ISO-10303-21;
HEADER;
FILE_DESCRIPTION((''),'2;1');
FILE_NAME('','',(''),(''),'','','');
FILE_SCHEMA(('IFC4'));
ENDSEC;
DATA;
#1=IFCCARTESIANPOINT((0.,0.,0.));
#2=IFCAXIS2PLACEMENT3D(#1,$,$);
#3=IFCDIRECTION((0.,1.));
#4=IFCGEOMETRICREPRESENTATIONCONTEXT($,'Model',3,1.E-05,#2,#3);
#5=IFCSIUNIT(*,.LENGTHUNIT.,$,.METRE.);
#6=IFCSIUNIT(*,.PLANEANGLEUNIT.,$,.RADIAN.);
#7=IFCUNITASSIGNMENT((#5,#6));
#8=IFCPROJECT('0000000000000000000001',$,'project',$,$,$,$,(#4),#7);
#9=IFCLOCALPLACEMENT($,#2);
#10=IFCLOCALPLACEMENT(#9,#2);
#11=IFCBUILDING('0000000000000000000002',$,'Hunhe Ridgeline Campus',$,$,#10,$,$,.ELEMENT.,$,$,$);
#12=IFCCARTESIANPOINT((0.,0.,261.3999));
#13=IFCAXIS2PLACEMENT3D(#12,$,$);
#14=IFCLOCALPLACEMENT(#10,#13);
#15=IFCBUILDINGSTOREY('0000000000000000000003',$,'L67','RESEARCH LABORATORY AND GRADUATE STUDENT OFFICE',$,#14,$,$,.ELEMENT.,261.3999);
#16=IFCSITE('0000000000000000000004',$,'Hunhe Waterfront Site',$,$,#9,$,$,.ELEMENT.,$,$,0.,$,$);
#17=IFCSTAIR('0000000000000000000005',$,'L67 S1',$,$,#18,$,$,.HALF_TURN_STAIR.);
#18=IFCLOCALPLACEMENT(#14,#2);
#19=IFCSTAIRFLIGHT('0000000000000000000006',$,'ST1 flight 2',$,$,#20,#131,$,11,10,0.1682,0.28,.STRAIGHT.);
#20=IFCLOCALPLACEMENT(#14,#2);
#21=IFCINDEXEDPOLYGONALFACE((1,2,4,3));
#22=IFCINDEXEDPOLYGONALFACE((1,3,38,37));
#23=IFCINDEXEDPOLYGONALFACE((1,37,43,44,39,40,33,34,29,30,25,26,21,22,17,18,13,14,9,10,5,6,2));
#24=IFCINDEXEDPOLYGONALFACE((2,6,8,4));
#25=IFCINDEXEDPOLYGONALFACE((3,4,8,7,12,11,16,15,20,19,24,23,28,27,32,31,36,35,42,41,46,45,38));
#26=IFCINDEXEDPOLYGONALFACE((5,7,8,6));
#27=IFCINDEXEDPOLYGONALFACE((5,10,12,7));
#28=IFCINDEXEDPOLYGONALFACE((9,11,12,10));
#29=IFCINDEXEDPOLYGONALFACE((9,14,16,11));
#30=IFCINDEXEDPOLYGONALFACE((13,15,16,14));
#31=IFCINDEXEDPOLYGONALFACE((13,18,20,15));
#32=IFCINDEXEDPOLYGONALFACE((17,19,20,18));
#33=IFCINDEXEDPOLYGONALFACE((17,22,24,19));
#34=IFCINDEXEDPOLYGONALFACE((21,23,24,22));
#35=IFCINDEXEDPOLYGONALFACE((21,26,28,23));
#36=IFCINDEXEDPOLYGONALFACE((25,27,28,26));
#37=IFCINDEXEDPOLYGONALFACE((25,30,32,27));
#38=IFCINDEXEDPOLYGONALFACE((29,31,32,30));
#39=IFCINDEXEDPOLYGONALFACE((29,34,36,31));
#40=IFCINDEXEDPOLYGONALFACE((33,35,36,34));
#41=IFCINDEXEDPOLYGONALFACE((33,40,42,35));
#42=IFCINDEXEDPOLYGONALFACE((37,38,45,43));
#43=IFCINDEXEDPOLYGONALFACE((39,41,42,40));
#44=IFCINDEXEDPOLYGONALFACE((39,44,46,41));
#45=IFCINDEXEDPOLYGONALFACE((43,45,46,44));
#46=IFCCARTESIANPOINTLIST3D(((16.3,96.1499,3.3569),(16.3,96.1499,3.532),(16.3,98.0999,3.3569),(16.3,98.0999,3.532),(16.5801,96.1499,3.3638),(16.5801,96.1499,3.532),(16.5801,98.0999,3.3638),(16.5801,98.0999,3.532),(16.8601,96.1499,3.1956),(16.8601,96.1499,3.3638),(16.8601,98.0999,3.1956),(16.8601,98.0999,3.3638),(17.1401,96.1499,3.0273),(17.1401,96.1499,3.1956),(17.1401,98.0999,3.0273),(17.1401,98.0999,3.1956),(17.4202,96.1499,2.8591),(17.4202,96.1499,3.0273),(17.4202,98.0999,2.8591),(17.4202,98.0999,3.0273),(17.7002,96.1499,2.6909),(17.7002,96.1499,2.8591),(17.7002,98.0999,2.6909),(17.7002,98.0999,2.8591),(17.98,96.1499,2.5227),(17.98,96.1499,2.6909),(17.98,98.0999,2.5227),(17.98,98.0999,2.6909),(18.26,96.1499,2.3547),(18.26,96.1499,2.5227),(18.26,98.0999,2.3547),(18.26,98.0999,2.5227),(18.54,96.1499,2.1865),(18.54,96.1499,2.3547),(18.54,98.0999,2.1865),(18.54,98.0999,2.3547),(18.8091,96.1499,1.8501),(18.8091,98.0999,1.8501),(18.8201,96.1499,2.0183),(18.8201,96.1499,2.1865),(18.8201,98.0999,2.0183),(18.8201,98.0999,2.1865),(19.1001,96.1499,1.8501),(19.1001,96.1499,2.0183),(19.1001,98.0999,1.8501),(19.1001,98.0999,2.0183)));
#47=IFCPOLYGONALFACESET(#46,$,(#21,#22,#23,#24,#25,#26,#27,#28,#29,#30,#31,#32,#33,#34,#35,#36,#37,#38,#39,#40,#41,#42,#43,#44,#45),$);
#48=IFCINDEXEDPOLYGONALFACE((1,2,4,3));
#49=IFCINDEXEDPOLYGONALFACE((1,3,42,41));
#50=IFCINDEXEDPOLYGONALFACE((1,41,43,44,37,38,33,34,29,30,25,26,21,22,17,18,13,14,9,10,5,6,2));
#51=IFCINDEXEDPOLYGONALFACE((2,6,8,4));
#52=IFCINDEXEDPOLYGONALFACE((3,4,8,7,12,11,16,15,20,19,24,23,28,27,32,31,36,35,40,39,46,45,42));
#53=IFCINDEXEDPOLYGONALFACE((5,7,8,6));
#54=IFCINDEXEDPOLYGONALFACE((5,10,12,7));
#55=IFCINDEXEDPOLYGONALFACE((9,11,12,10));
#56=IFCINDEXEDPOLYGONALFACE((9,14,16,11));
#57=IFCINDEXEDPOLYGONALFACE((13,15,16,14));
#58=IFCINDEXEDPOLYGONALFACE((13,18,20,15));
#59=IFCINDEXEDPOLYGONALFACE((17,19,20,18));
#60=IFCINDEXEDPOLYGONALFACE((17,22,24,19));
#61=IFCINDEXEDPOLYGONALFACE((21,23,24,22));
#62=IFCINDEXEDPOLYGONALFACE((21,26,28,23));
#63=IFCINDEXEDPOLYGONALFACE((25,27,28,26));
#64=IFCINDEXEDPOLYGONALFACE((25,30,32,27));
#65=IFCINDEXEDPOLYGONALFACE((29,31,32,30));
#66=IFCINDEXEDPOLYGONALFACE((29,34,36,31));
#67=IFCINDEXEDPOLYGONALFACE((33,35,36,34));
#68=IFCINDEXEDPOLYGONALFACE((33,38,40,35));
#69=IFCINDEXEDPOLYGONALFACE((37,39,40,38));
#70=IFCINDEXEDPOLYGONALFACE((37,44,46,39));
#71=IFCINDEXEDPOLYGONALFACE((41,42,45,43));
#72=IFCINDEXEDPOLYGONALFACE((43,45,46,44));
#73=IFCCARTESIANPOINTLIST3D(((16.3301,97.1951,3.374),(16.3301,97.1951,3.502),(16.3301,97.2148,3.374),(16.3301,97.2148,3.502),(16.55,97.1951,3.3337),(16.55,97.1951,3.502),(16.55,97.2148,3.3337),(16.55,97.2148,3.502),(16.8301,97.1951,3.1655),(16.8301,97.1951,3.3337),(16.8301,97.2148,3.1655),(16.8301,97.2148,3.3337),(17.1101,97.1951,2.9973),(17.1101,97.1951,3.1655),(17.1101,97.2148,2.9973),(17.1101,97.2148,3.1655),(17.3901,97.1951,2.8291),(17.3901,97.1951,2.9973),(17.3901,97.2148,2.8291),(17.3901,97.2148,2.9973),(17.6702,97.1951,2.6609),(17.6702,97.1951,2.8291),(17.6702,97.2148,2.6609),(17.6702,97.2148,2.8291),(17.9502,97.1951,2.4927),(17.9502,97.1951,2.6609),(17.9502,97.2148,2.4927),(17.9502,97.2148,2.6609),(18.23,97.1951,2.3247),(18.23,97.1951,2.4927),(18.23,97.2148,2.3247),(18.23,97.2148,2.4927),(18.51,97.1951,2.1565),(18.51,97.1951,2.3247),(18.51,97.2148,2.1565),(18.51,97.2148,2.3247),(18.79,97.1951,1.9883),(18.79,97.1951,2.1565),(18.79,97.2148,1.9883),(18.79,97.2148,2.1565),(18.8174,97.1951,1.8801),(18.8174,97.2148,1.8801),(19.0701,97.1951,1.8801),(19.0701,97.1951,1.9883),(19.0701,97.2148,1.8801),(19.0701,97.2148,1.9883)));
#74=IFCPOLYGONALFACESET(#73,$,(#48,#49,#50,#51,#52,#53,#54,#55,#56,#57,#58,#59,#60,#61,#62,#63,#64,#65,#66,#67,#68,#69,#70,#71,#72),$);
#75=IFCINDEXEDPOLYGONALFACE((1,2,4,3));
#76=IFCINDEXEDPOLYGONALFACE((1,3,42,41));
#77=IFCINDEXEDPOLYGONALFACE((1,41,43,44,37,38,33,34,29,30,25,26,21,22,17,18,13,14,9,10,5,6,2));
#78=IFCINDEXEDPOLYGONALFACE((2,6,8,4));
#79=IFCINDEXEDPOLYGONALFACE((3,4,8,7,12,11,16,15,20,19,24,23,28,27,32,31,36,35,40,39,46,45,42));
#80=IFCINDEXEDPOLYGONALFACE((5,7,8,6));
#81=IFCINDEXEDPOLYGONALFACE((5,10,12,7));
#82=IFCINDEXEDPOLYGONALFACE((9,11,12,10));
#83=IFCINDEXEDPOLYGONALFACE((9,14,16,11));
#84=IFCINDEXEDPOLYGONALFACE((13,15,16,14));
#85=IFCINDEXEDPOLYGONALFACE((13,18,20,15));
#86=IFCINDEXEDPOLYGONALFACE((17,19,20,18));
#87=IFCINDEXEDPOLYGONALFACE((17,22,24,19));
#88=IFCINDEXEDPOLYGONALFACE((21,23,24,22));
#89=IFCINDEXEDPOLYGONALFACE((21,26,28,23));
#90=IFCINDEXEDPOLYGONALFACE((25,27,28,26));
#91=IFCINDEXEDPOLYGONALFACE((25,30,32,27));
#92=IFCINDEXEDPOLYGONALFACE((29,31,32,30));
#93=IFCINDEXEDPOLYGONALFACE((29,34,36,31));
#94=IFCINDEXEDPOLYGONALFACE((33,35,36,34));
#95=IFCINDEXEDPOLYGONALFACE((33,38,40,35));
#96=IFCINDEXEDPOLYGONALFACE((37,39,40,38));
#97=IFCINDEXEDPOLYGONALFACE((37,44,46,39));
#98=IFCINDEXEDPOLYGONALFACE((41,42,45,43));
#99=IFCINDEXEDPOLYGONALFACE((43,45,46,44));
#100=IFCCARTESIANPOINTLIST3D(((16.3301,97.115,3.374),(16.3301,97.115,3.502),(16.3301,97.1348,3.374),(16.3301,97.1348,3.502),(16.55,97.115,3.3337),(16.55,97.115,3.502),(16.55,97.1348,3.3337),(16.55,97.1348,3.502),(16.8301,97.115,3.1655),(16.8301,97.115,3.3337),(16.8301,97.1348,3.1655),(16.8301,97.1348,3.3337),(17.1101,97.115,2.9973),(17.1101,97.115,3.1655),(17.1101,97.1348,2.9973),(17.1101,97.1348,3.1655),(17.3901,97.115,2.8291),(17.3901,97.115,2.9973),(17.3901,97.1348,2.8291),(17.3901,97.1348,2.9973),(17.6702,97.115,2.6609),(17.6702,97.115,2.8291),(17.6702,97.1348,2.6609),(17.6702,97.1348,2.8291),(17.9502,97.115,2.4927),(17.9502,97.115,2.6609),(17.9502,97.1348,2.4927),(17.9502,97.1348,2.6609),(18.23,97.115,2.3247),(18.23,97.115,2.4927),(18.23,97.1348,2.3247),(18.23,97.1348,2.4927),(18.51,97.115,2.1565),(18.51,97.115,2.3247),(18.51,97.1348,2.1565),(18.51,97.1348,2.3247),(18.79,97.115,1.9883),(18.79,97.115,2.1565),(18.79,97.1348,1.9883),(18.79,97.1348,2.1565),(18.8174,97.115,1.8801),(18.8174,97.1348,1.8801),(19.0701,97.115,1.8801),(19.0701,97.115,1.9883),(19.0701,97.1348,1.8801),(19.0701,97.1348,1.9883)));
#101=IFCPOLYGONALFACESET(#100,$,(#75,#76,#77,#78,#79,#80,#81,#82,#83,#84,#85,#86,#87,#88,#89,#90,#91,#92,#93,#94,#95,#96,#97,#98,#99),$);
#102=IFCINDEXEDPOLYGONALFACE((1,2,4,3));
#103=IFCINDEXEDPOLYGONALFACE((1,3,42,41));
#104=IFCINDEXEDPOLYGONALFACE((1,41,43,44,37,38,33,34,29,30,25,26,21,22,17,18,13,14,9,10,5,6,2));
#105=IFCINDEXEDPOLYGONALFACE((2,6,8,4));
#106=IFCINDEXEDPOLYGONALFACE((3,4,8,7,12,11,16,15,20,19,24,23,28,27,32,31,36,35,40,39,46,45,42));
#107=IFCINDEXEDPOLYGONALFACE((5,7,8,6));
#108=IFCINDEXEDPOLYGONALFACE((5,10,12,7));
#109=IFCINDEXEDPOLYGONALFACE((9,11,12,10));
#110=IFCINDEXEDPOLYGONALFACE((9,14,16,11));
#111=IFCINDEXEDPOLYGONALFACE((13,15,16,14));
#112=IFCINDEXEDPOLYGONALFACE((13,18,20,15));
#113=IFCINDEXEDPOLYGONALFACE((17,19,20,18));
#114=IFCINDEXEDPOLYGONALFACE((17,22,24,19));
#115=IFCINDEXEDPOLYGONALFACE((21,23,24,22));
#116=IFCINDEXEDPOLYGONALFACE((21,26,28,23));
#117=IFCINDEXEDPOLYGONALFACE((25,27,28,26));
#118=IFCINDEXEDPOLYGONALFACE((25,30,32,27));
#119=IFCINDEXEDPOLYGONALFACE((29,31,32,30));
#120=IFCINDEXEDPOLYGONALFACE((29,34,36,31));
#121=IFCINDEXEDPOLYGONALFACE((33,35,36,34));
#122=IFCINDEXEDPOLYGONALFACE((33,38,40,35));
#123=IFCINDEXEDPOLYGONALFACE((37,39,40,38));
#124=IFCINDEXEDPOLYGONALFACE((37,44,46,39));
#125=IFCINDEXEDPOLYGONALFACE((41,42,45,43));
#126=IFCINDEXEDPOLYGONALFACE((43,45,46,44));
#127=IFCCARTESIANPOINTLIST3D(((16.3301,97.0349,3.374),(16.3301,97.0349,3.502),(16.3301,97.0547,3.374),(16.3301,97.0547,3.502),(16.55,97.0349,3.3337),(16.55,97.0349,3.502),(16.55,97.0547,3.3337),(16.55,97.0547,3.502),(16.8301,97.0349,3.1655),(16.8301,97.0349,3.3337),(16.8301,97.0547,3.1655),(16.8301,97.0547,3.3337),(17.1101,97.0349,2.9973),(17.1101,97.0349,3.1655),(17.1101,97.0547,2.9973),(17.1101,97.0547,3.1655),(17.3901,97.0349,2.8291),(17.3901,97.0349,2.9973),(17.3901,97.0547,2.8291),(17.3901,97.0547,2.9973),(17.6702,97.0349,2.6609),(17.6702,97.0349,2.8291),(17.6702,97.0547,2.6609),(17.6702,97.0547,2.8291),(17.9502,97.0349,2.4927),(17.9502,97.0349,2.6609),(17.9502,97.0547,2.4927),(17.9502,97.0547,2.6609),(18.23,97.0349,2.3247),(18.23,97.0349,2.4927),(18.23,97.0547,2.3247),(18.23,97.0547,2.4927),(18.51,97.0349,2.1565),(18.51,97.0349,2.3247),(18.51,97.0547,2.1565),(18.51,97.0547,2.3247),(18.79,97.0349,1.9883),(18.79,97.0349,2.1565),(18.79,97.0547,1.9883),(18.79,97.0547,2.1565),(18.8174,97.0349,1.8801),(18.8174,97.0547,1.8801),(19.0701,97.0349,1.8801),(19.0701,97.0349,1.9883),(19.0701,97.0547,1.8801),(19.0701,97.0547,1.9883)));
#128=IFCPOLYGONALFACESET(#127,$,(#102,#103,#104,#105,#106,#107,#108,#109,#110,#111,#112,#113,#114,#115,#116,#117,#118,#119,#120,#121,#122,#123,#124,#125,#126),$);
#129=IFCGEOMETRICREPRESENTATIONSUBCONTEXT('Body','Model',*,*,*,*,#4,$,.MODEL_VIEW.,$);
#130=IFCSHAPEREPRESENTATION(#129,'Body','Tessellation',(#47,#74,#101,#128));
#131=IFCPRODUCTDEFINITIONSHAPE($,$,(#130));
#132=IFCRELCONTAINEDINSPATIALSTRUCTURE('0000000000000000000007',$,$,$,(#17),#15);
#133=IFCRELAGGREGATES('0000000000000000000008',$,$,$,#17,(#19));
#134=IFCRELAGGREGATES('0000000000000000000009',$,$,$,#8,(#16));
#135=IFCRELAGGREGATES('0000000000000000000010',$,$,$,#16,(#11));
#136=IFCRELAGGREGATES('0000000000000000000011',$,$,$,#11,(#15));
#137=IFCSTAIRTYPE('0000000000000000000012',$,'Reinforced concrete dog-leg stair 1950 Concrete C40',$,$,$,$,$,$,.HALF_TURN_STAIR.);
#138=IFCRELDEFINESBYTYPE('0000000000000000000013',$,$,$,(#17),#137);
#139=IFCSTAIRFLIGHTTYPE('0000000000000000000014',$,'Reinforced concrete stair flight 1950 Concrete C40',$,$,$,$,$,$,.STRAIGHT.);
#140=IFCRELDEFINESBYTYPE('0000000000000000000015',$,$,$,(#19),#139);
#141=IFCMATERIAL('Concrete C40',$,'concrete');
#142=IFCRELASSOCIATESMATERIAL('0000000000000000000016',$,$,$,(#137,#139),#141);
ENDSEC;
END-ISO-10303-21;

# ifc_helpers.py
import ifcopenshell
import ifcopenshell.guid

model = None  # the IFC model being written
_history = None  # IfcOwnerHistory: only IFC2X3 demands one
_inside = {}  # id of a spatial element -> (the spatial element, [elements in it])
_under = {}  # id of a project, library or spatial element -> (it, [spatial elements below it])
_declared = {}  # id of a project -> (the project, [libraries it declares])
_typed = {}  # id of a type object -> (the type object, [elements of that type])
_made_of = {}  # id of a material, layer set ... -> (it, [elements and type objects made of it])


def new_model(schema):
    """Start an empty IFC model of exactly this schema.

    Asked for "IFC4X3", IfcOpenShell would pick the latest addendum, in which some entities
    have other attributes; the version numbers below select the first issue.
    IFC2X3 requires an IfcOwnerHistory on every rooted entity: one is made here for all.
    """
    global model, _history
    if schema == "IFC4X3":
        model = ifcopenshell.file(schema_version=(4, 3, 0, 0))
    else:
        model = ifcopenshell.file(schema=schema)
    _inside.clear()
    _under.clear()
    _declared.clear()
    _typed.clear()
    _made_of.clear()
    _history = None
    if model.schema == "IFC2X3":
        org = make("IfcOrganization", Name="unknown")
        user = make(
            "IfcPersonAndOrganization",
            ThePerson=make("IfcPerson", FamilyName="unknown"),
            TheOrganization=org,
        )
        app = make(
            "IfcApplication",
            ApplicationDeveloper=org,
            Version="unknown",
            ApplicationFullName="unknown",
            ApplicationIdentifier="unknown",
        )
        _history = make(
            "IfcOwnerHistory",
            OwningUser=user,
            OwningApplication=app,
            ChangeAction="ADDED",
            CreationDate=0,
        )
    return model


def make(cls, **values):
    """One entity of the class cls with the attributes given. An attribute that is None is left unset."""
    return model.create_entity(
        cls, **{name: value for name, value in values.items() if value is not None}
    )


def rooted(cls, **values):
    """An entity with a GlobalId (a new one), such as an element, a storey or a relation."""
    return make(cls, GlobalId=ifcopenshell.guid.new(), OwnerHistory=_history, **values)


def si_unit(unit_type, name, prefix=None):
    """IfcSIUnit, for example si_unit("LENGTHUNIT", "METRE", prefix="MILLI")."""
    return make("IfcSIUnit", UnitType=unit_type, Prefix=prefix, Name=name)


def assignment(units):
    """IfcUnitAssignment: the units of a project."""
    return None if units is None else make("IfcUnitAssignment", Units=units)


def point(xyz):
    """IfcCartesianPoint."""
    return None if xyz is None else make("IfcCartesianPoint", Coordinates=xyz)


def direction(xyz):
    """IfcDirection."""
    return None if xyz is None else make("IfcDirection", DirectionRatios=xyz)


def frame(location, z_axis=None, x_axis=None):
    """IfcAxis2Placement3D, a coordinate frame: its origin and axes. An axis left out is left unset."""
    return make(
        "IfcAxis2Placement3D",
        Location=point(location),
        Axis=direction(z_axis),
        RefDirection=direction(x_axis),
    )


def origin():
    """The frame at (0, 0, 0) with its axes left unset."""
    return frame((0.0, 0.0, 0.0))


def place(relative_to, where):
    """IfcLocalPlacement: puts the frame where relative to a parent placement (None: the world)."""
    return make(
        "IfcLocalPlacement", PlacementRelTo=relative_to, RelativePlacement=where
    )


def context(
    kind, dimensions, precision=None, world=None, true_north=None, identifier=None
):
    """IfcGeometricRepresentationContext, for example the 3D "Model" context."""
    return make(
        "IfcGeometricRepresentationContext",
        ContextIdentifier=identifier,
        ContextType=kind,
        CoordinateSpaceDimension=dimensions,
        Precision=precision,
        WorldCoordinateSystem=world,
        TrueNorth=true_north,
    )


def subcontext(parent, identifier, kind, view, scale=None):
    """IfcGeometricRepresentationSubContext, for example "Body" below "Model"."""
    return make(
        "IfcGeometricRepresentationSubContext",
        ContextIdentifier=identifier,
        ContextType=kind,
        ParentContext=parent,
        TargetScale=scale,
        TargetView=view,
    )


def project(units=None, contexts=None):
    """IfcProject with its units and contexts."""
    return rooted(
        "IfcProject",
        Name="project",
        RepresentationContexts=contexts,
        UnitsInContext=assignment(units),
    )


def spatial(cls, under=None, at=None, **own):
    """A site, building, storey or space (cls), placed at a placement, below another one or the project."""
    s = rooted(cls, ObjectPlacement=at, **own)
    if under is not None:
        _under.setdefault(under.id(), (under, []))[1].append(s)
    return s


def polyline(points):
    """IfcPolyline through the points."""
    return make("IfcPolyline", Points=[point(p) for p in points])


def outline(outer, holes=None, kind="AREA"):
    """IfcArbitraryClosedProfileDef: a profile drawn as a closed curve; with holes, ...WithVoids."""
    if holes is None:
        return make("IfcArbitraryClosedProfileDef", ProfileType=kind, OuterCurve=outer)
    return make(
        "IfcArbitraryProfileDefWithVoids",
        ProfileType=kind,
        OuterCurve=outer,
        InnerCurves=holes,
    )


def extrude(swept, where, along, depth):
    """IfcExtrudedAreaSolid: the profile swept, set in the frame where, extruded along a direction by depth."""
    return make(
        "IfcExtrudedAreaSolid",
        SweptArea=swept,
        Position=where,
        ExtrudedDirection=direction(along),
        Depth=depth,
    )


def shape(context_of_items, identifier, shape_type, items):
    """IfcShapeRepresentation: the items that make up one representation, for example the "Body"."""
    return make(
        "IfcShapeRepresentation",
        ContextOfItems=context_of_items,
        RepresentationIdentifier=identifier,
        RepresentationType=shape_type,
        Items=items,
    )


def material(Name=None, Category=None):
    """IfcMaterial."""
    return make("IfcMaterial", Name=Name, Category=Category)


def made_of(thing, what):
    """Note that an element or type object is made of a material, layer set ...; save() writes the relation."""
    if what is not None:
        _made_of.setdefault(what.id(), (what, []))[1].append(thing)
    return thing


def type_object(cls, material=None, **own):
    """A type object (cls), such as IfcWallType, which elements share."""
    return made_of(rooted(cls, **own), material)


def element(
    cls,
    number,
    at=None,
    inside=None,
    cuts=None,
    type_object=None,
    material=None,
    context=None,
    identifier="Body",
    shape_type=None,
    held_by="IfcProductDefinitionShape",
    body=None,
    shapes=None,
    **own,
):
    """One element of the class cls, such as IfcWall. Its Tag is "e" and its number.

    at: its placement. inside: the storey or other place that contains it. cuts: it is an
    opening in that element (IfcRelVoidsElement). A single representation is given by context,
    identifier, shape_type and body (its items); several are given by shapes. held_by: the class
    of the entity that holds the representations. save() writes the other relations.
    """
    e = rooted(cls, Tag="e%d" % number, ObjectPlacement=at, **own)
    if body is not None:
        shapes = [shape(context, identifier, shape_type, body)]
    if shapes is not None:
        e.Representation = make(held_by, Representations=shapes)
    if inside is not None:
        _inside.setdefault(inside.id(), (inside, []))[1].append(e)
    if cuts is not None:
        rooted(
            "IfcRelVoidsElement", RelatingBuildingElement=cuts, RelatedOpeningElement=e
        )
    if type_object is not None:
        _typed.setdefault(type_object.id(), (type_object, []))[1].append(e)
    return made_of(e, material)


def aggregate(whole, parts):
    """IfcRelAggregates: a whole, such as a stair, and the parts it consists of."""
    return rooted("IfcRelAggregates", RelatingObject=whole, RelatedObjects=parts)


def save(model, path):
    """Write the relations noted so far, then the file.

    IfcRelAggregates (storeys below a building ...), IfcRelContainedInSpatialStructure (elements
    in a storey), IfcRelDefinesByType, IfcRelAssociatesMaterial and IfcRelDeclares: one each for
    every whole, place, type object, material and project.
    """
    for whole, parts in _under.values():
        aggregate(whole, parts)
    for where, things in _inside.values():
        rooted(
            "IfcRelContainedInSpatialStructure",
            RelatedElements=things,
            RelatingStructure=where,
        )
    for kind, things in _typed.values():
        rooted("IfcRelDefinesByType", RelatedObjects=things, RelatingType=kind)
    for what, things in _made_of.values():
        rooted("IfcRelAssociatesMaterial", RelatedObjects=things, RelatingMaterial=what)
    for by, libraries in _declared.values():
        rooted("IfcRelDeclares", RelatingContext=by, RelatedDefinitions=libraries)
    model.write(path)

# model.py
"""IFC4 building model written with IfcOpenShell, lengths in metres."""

from ifc_helpers import new_model, si_unit, direction, frame, origin, place, context, subcontext, project, spatial, polyline, outline, extrude, material, type_object, element, aggregate, save


model = new_model("IFC4")

# Units and contexts
model_context = context("Model", 3, precision=1e-05, world=origin(), true_north=direction((0.0, 1.0)))
body_context = subcontext(model_context, "Body", "Model", "MODEL_VIEW")
ifc_project = project(units=[si_unit("LENGTHUNIT", "METRE"), si_unit("PLANEANGLEUNIT", "RADIAN")], contexts=[model_context])

# Site, building, storey
site_placement = place(None, origin())
site = spatial("IfcSite", under=ifc_project, at=site_placement, Name="Hunhe Waterfront Site", CompositionType="ELEMENT", RefElevation=0.0)
building_placement = place(site_placement, origin())
building = spatial("IfcBuilding", under=site, at=building_placement, Name="Hunhe Ridgeline Campus", CompositionType="ELEMENT")
storey_placement = place(building_placement, frame((0.0, 0.0, 261.3999)))
storey = spatial("IfcBuildingStorey", under=building, at=storey_placement, Name="L67", Description="RESEARCH LABORATORY AND GRADUATE STUDENT OFFICE", CompositionType="ELEMENT", Elevation=261.3999)

# Stair, stair flight
ifc_material_1 = material(Name="Concrete C40", Category="concrete")
stair_type = type_object("IfcStairType", Name="Reinforced concrete dog-leg stair 1950 Concrete C40", PredefinedType="HALF_TURN_STAIR", material=ifc_material_1)
stair_placement = place(storey_placement, origin())
stair = element("IfcStair", 1, at=stair_placement, inside=storey, type_object=stair_type, Name="L67 S1", PredefinedType="HALF_TURN_STAIR")
stair_flight_type = type_object("IfcStairFlightType", Name="Reinforced concrete stair flight 1950 Concrete C40", PredefinedType="STRAIGHT", material=ifc_material_1)
stair_flight_1_placement = place(storey_placement, frame((19.1001, 97.125, 1.8501), z_axis=(0.0, 0.0, 1.0), x_axis=(-1.0, 0.0, 0.0)))
stair_flight_1 = element("IfcStairFlight", 2, at=stair_flight_1_placement, type_object=stair_flight_type, Name="ST1 flight 2", NumberOfRisers=11, NumberOfTreads=10, PredefinedType="STRAIGHT", RiserHeight=0.1682, TreadLength=0.28, context=body_context, shape_type="SweptSolid", body=[
    extrude(outline(polyline([(0.0, 0.0), (0.0, 0.1682), (0.28, 0.1682), (0.28, 0.3364), (0.5601, 0.3364), (0.5601, 0.5046), (0.8401, 0.5046), (0.8401, 0.6726), (1.1201, 0.6726), (1.1201, 0.8408), (1.3999, 0.8408), (1.3999, 1.009), (1.6799, 1.009), (1.6799, 1.1772), (1.96, 1.1772), (1.96, 1.3455), (2.24, 1.3455), (2.24, 1.5137), (2.52, 1.5137), (2.52, 1.6819), (2.8, 1.6819), (2.8, 1.8501), (2.8, 1.5068), (0.291, 0.0), (0.0, 0.0)])), frame((0.0, 0.9751, 0.0), z_axis=(0.0, -1.0, 0.0), x_axis=(1.0, 0.0, 0.0)), (0.0, 0.0, 1.0), 1.95),
    extrude(outline(polyline([(0.03, 0.03), (0.03, 0.1382), (0.3101, 0.1382), (0.3101, 0.3064), (0.5901, 0.3064), (0.5901, 0.4746), (0.8701, 0.4746), (0.8701, 0.6426), (1.1499, 0.6426), (1.1499, 0.8108), (1.4299, 0.8108), (1.4299, 0.979), (1.71, 0.979), (1.71, 1.1472), (1.99, 1.1472), (1.99, 1.3154), (2.27, 1.3154), (2.27, 1.4836), (2.55, 1.4836), (2.55, 1.6519), (2.77, 1.6519), (2.77, 1.5239), (0.2827, 0.03), (0.03, 0.03)])), frame((0.0, -0.0701, 0.0), z_axis=(0.0, -1.0, 0.0), x_axis=(1.0, 0.0, 0.0)), (0.0, 0.0, 1.0), 0.0198),
    extrude(outline(polyline([(0.03, 0.03), (0.03, 0.1382), (0.3101, 0.1382), (0.3101, 0.3064), (0.5901, 0.3064), (0.5901, 0.4746), (0.8701, 0.4746), (0.8701, 0.6426), (1.1499, 0.6426), (1.1499, 0.8108), (1.4299, 0.8108), (1.4299, 0.979), (1.71, 0.979), (1.71, 1.1472), (1.99, 1.1472), (1.99, 1.3154), (2.27, 1.3154), (2.27, 1.4836), (2.55, 1.4836), (2.55, 1.6519), (2.77, 1.6519), (2.77, 1.5239), (0.2827, 0.03), (0.03, 0.03)])), frame((0.0, 0.01, 0.0), z_axis=(0.0, -1.0, 0.0), x_axis=(1.0, 0.0, 0.0)), (0.0, 0.0, 1.0), 0.0198),
    extrude(outline(polyline([(0.03, 0.03), (0.03, 0.1382), (0.3101, 0.1382), (0.3101, 0.3064), (0.5901, 0.3064), (0.5901, 0.4746), (0.8701, 0.4746), (0.8701, 0.6426), (1.1499, 0.6426), (1.1499, 0.8108), (1.4299, 0.8108), (1.4299, 0.979), (1.71, 0.979), (1.71, 1.1472), (1.99, 1.1472), (1.99, 1.3154), (2.27, 1.3154), (2.27, 1.4836), (2.55, 1.4836), (2.55, 1.6519), (2.77, 1.6519), (2.77, 1.5239), (0.2827, 0.03), (0.03, 0.03)])), frame((0.0, 0.0901, 0.0), z_axis=(0.0, -1.0, 0.0), x_axis=(1.0, 0.0, 0.0)), (0.0, 0.0, 1.0), 0.0198),
])
aggregate(stair, [stair_flight_1])

save(model, "model.ifc")
